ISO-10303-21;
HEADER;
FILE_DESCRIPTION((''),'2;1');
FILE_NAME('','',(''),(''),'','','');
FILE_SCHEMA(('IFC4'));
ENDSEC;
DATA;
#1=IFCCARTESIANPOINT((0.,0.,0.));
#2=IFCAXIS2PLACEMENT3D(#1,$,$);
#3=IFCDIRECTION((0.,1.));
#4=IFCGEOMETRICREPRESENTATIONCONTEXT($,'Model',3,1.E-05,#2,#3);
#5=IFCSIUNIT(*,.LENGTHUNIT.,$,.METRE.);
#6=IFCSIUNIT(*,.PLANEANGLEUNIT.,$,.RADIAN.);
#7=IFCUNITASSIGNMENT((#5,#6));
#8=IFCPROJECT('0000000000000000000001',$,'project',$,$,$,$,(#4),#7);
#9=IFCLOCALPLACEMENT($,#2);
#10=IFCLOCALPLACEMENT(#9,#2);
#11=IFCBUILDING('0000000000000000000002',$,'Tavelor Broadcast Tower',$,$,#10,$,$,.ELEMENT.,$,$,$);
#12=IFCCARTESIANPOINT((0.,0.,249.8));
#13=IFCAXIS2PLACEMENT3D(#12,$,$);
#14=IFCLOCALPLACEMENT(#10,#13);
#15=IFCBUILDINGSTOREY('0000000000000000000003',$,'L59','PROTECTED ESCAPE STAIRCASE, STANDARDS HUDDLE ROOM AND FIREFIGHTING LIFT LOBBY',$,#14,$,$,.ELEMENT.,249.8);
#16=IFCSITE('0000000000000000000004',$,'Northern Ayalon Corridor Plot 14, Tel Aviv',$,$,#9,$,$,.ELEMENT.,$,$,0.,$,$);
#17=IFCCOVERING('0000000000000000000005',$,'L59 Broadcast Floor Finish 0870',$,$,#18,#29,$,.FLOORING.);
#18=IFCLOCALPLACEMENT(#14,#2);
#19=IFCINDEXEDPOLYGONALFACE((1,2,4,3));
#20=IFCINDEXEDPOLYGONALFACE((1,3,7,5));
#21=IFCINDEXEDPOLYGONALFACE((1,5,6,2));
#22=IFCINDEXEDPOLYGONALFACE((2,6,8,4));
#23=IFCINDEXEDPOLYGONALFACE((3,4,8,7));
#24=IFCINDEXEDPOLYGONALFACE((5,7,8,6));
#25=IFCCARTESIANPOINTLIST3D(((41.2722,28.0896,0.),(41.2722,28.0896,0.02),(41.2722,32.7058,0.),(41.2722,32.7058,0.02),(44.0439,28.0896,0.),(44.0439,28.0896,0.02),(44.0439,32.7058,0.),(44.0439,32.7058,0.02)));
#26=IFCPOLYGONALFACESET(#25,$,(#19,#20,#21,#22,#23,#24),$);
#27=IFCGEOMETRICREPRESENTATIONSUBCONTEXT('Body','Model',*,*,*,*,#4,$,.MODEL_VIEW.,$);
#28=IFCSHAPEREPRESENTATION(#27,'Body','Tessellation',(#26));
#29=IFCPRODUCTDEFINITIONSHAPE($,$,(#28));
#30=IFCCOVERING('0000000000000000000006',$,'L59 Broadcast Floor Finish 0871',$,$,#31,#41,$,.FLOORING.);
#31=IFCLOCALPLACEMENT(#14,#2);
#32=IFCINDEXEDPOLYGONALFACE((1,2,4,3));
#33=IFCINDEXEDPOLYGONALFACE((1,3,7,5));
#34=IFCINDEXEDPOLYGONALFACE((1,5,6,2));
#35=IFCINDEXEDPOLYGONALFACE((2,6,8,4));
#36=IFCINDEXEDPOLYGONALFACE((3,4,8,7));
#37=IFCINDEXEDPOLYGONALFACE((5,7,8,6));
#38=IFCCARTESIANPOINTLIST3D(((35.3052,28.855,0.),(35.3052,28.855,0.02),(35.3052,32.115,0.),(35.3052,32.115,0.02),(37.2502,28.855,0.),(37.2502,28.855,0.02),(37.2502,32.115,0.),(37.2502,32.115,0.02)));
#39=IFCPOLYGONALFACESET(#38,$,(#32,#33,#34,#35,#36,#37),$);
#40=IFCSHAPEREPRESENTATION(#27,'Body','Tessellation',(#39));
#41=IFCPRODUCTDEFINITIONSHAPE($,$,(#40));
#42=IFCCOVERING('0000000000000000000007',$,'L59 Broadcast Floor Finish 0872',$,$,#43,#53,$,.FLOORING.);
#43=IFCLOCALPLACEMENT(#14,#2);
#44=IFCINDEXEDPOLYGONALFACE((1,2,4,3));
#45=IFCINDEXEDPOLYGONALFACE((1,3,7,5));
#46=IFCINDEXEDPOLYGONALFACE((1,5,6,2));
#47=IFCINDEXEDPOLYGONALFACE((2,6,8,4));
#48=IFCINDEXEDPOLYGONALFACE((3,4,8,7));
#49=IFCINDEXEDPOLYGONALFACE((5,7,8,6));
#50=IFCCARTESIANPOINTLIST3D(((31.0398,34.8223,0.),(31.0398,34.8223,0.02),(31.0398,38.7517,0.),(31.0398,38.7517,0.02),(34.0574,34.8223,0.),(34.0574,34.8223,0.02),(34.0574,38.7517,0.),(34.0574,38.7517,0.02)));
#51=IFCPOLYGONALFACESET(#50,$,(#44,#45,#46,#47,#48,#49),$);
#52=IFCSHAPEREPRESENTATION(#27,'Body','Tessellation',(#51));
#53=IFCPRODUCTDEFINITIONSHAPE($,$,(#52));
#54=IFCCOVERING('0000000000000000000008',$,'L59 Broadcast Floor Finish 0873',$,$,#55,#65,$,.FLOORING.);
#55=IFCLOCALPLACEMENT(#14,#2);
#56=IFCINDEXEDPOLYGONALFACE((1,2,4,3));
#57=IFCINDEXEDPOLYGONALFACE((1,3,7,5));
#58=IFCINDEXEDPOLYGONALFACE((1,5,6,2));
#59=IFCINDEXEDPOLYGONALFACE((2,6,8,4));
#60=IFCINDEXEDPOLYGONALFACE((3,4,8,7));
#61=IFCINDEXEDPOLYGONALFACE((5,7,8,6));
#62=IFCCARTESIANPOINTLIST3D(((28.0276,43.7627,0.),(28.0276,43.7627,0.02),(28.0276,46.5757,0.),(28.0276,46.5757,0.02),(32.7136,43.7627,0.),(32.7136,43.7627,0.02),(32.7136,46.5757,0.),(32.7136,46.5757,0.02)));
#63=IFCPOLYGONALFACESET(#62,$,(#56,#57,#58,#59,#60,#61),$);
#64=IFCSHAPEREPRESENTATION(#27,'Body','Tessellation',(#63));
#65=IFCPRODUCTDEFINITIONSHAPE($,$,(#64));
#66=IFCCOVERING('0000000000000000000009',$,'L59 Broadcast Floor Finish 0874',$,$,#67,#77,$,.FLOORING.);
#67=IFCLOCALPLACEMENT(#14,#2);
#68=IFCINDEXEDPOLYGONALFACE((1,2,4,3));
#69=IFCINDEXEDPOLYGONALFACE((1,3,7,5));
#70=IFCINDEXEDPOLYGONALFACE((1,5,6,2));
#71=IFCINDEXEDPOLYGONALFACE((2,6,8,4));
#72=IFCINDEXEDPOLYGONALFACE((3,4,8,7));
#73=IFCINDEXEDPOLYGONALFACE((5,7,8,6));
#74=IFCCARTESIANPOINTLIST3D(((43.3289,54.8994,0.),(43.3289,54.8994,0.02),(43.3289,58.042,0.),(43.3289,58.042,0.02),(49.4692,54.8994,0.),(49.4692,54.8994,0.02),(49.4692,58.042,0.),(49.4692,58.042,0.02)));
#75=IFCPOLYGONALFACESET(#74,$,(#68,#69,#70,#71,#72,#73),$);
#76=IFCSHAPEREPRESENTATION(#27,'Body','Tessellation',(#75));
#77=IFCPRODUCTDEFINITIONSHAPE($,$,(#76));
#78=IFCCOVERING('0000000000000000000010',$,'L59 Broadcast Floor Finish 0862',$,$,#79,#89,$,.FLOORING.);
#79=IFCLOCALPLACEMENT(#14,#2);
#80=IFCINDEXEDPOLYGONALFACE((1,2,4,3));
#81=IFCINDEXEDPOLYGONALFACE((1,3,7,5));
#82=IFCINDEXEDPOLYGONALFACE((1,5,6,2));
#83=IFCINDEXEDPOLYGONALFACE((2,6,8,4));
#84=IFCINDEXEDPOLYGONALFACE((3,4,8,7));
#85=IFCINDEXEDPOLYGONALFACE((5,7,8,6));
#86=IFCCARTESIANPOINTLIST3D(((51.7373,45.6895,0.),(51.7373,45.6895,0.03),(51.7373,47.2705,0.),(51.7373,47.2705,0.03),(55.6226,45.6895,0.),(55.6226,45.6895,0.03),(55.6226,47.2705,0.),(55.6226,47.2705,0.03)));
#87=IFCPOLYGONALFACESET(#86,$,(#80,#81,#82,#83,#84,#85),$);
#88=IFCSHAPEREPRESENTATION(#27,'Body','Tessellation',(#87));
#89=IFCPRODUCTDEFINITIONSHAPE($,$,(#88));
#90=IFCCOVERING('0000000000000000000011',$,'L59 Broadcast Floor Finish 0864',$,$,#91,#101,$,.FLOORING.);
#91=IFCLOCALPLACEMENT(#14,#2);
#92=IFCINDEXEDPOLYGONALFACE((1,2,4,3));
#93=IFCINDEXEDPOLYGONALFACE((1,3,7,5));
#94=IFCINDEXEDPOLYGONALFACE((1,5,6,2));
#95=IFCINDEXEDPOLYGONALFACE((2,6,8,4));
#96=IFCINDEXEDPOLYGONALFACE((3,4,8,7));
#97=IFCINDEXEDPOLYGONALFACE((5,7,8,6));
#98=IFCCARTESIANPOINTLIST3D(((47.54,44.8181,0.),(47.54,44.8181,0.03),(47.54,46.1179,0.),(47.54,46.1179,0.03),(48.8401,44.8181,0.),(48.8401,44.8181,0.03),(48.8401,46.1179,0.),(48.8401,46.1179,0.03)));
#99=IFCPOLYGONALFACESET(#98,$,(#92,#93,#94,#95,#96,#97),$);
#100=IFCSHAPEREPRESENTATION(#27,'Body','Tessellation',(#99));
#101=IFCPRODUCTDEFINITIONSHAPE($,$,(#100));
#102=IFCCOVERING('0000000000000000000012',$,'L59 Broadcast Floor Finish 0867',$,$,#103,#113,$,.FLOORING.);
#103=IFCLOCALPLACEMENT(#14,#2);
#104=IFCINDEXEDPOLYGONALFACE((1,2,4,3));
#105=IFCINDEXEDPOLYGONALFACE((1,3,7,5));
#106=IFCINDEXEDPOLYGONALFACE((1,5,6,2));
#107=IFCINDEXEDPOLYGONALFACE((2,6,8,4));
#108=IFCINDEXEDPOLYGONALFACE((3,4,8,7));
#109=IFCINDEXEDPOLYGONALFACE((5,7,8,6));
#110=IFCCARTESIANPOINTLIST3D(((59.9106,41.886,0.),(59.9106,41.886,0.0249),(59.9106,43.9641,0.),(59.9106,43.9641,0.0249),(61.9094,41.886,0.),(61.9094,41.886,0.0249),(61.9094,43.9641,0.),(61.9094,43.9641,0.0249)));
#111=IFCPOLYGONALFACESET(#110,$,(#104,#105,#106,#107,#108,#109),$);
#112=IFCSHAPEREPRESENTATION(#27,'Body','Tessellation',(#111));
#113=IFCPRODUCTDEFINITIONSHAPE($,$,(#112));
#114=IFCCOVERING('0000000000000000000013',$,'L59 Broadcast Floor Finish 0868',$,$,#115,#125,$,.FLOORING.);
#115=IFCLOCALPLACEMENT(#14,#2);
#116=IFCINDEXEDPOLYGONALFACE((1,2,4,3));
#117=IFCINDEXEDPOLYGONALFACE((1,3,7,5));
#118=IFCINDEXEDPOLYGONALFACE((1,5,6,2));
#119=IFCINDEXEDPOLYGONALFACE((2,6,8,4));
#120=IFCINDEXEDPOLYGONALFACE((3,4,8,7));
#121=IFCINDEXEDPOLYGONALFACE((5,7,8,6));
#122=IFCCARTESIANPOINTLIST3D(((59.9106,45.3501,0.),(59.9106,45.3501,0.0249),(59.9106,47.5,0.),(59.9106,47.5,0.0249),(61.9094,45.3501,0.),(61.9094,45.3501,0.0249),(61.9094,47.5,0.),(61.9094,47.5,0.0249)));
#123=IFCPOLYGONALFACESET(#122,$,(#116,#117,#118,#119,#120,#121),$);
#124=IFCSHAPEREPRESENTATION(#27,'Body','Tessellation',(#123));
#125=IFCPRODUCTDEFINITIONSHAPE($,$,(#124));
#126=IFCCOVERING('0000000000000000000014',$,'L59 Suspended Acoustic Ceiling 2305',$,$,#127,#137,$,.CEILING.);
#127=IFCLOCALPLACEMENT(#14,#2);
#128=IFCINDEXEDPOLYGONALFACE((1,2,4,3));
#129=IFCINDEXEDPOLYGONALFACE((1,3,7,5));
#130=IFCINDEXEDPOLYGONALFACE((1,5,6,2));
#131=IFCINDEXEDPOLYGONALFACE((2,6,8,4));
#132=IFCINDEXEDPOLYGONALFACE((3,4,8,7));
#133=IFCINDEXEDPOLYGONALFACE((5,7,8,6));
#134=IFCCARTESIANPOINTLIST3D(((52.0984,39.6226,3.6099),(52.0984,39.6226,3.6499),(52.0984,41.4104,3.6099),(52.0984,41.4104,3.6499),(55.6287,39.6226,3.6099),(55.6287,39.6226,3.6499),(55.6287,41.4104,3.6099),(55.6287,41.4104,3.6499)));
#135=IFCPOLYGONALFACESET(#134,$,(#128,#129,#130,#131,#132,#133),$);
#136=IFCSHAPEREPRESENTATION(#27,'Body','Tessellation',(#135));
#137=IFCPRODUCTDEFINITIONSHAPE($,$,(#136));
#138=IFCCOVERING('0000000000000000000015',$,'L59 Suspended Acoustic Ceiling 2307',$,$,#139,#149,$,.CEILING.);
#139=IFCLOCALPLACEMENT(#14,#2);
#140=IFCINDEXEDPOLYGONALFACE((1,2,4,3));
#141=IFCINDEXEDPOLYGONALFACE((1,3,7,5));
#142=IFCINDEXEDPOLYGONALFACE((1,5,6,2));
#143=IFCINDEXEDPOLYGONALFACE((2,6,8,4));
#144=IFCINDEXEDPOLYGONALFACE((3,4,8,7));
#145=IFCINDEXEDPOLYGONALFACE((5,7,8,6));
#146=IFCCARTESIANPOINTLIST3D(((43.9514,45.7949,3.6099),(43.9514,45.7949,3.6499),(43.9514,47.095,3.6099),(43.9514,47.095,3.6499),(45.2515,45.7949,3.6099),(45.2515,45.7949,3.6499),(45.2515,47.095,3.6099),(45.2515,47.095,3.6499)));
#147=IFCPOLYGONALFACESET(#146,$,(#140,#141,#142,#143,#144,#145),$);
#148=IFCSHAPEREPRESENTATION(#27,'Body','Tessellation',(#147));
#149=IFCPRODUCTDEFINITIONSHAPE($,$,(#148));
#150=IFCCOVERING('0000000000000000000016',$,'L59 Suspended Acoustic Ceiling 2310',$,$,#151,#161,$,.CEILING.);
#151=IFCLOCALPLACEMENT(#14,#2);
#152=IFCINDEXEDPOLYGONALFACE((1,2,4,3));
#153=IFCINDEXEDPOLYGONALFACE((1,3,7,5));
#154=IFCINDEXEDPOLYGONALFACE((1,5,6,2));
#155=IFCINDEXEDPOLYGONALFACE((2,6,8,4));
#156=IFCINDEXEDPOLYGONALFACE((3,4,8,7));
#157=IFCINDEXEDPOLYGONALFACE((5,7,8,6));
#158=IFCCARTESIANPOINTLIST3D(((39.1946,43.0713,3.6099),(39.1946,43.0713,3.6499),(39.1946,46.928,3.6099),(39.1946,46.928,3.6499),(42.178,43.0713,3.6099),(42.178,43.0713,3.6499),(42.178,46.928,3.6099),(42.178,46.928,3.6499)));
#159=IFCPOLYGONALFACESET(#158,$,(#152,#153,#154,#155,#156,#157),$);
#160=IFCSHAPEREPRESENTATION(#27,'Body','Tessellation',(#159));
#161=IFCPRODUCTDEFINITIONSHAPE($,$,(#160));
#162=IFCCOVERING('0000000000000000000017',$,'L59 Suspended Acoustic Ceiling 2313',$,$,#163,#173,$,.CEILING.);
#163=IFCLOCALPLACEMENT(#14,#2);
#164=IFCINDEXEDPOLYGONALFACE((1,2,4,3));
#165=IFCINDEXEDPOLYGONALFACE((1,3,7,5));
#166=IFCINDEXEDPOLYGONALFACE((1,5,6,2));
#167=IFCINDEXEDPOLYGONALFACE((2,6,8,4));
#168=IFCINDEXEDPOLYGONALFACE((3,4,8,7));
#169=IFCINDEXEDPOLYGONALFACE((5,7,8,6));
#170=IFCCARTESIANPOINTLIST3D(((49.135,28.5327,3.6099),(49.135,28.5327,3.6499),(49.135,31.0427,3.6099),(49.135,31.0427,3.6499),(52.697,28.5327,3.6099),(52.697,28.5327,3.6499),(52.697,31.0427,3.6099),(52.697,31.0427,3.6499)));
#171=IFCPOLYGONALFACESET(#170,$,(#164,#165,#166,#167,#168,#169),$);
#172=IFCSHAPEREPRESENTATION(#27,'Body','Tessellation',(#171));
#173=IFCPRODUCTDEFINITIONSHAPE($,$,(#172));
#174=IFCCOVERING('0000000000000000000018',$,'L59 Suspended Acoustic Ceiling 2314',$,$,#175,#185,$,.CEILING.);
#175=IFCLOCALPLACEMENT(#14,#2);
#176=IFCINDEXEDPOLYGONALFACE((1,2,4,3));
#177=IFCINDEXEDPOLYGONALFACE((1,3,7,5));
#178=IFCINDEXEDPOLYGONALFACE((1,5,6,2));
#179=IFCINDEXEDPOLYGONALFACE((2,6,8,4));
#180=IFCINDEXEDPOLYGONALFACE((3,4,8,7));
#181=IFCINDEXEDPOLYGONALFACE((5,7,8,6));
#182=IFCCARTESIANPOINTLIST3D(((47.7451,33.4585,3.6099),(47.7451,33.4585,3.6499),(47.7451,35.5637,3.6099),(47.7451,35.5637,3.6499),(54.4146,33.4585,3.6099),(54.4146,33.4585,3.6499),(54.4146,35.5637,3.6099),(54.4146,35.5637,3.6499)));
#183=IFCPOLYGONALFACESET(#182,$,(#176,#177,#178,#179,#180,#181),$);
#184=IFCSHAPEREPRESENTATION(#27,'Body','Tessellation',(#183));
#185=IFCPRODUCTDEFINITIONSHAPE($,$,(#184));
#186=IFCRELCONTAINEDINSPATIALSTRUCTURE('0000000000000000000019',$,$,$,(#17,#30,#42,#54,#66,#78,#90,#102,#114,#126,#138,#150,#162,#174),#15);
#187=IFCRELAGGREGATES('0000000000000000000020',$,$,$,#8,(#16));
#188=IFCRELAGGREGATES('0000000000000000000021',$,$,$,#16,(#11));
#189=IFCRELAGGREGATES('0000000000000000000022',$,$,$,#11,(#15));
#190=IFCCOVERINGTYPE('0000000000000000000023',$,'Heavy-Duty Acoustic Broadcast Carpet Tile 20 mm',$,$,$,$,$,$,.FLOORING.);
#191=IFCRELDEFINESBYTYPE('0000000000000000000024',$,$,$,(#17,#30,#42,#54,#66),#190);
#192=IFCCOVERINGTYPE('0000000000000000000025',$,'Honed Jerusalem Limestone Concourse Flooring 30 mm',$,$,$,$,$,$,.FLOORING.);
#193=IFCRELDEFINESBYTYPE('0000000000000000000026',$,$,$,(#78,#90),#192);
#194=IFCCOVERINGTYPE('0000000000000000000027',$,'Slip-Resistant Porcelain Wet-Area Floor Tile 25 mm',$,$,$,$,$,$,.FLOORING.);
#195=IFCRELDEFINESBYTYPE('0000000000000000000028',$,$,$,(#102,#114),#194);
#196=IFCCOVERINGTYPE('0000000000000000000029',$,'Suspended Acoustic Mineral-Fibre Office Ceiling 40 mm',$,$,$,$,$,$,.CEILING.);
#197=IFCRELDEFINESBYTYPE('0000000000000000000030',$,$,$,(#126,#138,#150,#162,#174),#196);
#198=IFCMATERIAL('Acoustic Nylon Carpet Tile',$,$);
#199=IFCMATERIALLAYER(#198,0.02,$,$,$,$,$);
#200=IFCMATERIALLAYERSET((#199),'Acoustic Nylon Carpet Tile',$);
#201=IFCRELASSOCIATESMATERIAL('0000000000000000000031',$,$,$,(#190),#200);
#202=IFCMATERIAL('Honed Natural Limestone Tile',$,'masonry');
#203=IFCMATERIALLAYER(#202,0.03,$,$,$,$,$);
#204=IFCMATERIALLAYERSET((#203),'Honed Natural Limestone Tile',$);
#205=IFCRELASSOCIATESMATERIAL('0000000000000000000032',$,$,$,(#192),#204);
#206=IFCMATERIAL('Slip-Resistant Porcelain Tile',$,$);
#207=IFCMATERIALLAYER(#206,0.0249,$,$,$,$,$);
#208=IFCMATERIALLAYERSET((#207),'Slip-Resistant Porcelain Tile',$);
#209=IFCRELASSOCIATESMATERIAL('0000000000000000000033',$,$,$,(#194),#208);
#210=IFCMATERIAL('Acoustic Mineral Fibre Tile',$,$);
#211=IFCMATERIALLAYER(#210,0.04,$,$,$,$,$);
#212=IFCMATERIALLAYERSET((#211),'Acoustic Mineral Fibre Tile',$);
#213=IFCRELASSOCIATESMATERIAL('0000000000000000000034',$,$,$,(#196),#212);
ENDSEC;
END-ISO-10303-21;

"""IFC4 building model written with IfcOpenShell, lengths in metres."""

from ifc_helpers import new_model, si_unit, direction, frame, origin, place, context, subcontext, project, spatial, polyline, outline, extrude, material, layer, layer_set, type_object, element, save


model = new_model("IFC4")

# Units and contexts
model_context = context("Model", 3, precision=1e-05, world=origin(), true_north=direction((0.0, 1.0)))
body_context = subcontext(model_context, "Body", "Model", "MODEL_VIEW")
ifc_project = project(units=[si_unit("LENGTHUNIT", "METRE"), si_unit("PLANEANGLEUNIT", "RADIAN")], contexts=[model_context])

# Site, building, storey
site_placement = place(None, origin())
site = spatial("IfcSite", under=ifc_project, at=site_placement, Name="Northern Ayalon Corridor Plot 14, Tel Aviv", CompositionType="ELEMENT", RefElevation=0.0)
building_placement = place(site_placement, origin())
building = spatial("IfcBuilding", under=site, at=building_placement, Name="Tavelor Broadcast Tower", CompositionType="ELEMENT")
storey_placement = place(building_placement, frame((0.0, 0.0, 249.8)))
storey = spatial("IfcBuildingStorey", under=building, at=storey_placement, Name="L59", Description="PROTECTED ESCAPE STAIRCASE, STANDARDS HUDDLE ROOM AND FIREFIGHTING LIFT LOBBY", CompositionType="ELEMENT", Elevation=249.8)

# Coverings
ifc_material_1 = material(Name="Acoustic Nylon Carpet Tile")
ifc_layer_1 = layer(ifc_material_1, 0.02)
ifc_layer_set_1 = layer_set([ifc_layer_1], Name="Acoustic Nylon Carpet Tile")
covering_type_1 = type_object("IfcCoveringType", Name="Heavy-Duty Acoustic Broadcast Carpet Tile 20 mm", PredefinedType="FLOORING", material=ifc_layer_set_1)
covering_1_placement = place(storey_placement, origin())
element("IfcCovering", 1, at=covering_1_placement, inside=storey, type_object=covering_type_1, Name="L59 Broadcast Floor Finish 0870", PredefinedType="FLOORING", context=body_context, shape_type="SweptSolid", body=[
    extrude(outline(polyline([(41.2722, 28.0896), (44.0439, 28.0896), (44.0439, 32.7058), (41.2722, 32.7058), (41.2722, 28.0896)])), origin(), (0.0, 0.0, 1.0), 0.02),
])
covering_2_placement = place(storey_placement, origin())
element("IfcCovering", 2, at=covering_2_placement, inside=storey, type_object=covering_type_1, Name="L59 Broadcast Floor Finish 0871", PredefinedType="FLOORING", context=body_context, shape_type="SweptSolid", body=[
    extrude(outline(polyline([(35.3052, 28.855), (37.2502, 28.855), (37.2502, 32.115), (35.3052, 32.115), (35.3052, 28.855)])), origin(), (0.0, 0.0, 1.0), 0.02),
])
covering_3_placement = place(storey_placement, origin())
element("IfcCovering", 3, at=covering_3_placement, inside=storey, type_object=covering_type_1, Name="L59 Broadcast Floor Finish 0872", PredefinedType="FLOORING", context=body_context, shape_type="SweptSolid", body=[
    extrude(outline(polyline([(31.0398, 34.8223), (34.0574, 34.8223), (34.0574, 38.7517), (31.0398, 38.7517), (31.0398, 34.8223)])), origin(), (0.0, 0.0, 1.0), 0.02),
])
covering_4_placement = place(storey_placement, origin())
element("IfcCovering", 4, at=covering_4_placement, inside=storey, type_object=covering_type_1, Name="L59 Broadcast Floor Finish 0873", PredefinedType="FLOORING", context=body_context, shape_type="SweptSolid", body=[
    extrude(outline(polyline([(28.0276, 43.7627), (32.7136, 43.7627), (32.7136, 46.5757), (28.0276, 46.5757), (28.0276, 43.7627)])), origin(), (0.0, 0.0, 1.0), 0.02),
])
covering_5_placement = place(storey_placement, origin())
element("IfcCovering", 5, at=covering_5_placement, inside=storey, type_object=covering_type_1, Name="L59 Broadcast Floor Finish 0874", PredefinedType="FLOORING", context=body_context, shape_type="SweptSolid", body=[
    extrude(outline(polyline([(43.3289, 54.8994), (49.4692, 54.8994), (49.4692, 58.042), (43.3289, 58.042), (43.3289, 54.8994)])), origin(), (0.0, 0.0, 1.0), 0.02),
])
ifc_material_2 = material(Name="Honed Natural Limestone Tile", Category="masonry")
ifc_layer_2 = layer(ifc_material_2, 0.03)
ifc_layer_set_2 = layer_set([ifc_layer_2], Name="Honed Natural Limestone Tile")
covering_type_2 = type_object("IfcCoveringType", Name="Honed Jerusalem Limestone Concourse Flooring 30 mm", PredefinedType="FLOORING", material=ifc_layer_set_2)
covering_6_placement = place(storey_placement, origin())
element("IfcCovering", 6, at=covering_6_placement, inside=storey, type_object=covering_type_2, Name="L59 Broadcast Floor Finish 0862", PredefinedType="FLOORING", context=body_context, shape_type="SweptSolid", body=[
    extrude(outline(polyline([(51.7373, 45.6895), (55.6226, 45.6895), (55.6226, 47.2705), (51.7373, 47.2705), (51.7373, 45.6895)])), origin(), (0.0, 0.0, 1.0), 0.03),
])
covering_7_placement = place(storey_placement, origin())
element("IfcCovering", 7, at=covering_7_placement, inside=storey, type_object=covering_type_2, Name="L59 Broadcast Floor Finish 0864", PredefinedType="FLOORING", context=body_context, shape_type="SweptSolid", body=[
    extrude(outline(polyline([(47.54, 44.8181), (48.8401, 44.8181), (48.8401, 46.1179), (47.54, 46.1179), (47.54, 44.8181)])), origin(), (0.0, 0.0, 1.0), 0.03),
])
ifc_material_3 = material(Name="Slip-Resistant Porcelain Tile")
ifc_layer_3 = layer(ifc_material_3, 0.0249)
ifc_layer_set_3 = layer_set([ifc_layer_3], Name="Slip-Resistant Porcelain Tile")
covering_type_3 = type_object("IfcCoveringType", Name="Slip-Resistant Porcelain Wet-Area Floor Tile 25 mm", PredefinedType="FLOORING", material=ifc_layer_set_3)
covering_8_placement = place(storey_placement, origin())
element("IfcCovering", 8, at=covering_8_placement, inside=storey, type_object=covering_type_3, Name="L59 Broadcast Floor Finish 0867", PredefinedType="FLOORING", context=body_context, shape_type="SweptSolid", body=[
    extrude(outline(polyline([(59.9106, 41.886), (61.9094, 41.886), (61.9094, 43.9641), (59.9106, 43.9641), (59.9106, 41.886)])), origin(), (0.0, 0.0, 1.0), 0.0249),
])
covering_9_placement = place(storey_placement, origin())
element("IfcCovering", 9, at=covering_9_placement, inside=storey, type_object=covering_type_3, Name="L59 Broadcast Floor Finish 0868", PredefinedType="FLOORING", context=body_context, shape_type="SweptSolid", body=[
    extrude(outline(polyline([(59.9106, 45.3501), (61.9094, 45.3501), (61.9094, 47.5), (59.9106, 47.5), (59.9106, 45.3501)])), origin(), (0.0, 0.0, 1.0), 0.0249),
])
ifc_material_4 = material(Name="Acoustic Mineral Fibre Tile")
ifc_layer_4 = layer(ifc_material_4, 0.04)
ifc_layer_set_4 = layer_set([ifc_layer_4], Name="Acoustic Mineral Fibre Tile")
covering_type_4 = type_object("IfcCoveringType", Name="Suspended Acoustic Mineral-Fibre Office Ceiling 40 mm", PredefinedType="CEILING", material=ifc_layer_set_4)
covering_10_placement = place(storey_placement, frame((0.0, 0.0, 3.6099)))
element("IfcCovering", 10, at=covering_10_placement, inside=storey, type_object=covering_type_4, Name="L59 Suspended Acoustic Ceiling 2305", PredefinedType="CEILING", context=body_context, shape_type="SweptSolid", body=[
    extrude(outline(polyline([(52.0984, 39.6226), (55.6287, 39.6226), (55.6287, 41.4104), (52.0984, 41.4104), (52.0984, 39.6226)])), origin(), (0.0, 0.0, 1.0), 0.04),
])
covering_11_placement = place(storey_placement, frame((0.0, 0.0, 3.6099)))
element("IfcCovering", 11, at=covering_11_placement, inside=storey, type_object=covering_type_4, Name="L59 Suspended Acoustic Ceiling 2307", PredefinedType="CEILING", context=body_context, shape_type="SweptSolid", body=[
    extrude(outline(polyline([(43.9514, 45.7949), (45.2515, 45.7949), (45.2515, 47.095), (43.9514, 47.095), (43.9514, 45.7949)])), origin(), (0.0, 0.0, 1.0), 0.04),
])
covering_12_placement = place(storey_placement, frame((0.0, 0.0, 3.6099)))
element("IfcCovering", 12, at=covering_12_placement, inside=storey, type_object=covering_type_4, Name="L59 Suspended Acoustic Ceiling 2310", PredefinedType="CEILING", context=body_context, shape_type="SweptSolid", body=[
    extrude(outline(polyline([(39.1946, 43.0713), (42.178, 43.0713), (42.178, 46.928), (39.1946, 46.928), (39.1946, 43.0713)])), origin(), (0.0, 0.0, 1.0), 0.04),
])
covering_13_placement = place(storey_placement, frame((0.0, 0.0, 3.6099)))
element("IfcCovering", 13, at=covering_13_placement, inside=storey, type_object=covering_type_4, Name="L59 Suspended Acoustic Ceiling 2313", PredefinedType="CEILING", context=body_context, shape_type="SweptSolid", body=[
    extrude(outline(polyline([(49.135, 28.5327), (52.697, 28.5327), (52.697, 31.0427), (49.135, 31.0427), (49.135, 28.5327)])), origin(), (0.0, 0.0, 1.0), 0.04),
])
covering_14_placement = place(storey_placement, frame((0.0, 0.0, 3.6099)))
element("IfcCovering", 14, at=covering_14_placement, inside=storey, type_object=covering_type_4, Name="L59 Suspended Acoustic Ceiling 2314", PredefinedType="CEILING", context=body_context, shape_type="SweptSolid", body=[
    extrude(outline(polyline([(47.7451, 33.4585), (54.4146, 33.4585), (54.4146, 35.5637), (47.7451, 35.5637), (47.7451, 33.4585)])), origin(), (0.0, 0.0, 1.0), 0.04),
])

save(model, "model.ifc")
